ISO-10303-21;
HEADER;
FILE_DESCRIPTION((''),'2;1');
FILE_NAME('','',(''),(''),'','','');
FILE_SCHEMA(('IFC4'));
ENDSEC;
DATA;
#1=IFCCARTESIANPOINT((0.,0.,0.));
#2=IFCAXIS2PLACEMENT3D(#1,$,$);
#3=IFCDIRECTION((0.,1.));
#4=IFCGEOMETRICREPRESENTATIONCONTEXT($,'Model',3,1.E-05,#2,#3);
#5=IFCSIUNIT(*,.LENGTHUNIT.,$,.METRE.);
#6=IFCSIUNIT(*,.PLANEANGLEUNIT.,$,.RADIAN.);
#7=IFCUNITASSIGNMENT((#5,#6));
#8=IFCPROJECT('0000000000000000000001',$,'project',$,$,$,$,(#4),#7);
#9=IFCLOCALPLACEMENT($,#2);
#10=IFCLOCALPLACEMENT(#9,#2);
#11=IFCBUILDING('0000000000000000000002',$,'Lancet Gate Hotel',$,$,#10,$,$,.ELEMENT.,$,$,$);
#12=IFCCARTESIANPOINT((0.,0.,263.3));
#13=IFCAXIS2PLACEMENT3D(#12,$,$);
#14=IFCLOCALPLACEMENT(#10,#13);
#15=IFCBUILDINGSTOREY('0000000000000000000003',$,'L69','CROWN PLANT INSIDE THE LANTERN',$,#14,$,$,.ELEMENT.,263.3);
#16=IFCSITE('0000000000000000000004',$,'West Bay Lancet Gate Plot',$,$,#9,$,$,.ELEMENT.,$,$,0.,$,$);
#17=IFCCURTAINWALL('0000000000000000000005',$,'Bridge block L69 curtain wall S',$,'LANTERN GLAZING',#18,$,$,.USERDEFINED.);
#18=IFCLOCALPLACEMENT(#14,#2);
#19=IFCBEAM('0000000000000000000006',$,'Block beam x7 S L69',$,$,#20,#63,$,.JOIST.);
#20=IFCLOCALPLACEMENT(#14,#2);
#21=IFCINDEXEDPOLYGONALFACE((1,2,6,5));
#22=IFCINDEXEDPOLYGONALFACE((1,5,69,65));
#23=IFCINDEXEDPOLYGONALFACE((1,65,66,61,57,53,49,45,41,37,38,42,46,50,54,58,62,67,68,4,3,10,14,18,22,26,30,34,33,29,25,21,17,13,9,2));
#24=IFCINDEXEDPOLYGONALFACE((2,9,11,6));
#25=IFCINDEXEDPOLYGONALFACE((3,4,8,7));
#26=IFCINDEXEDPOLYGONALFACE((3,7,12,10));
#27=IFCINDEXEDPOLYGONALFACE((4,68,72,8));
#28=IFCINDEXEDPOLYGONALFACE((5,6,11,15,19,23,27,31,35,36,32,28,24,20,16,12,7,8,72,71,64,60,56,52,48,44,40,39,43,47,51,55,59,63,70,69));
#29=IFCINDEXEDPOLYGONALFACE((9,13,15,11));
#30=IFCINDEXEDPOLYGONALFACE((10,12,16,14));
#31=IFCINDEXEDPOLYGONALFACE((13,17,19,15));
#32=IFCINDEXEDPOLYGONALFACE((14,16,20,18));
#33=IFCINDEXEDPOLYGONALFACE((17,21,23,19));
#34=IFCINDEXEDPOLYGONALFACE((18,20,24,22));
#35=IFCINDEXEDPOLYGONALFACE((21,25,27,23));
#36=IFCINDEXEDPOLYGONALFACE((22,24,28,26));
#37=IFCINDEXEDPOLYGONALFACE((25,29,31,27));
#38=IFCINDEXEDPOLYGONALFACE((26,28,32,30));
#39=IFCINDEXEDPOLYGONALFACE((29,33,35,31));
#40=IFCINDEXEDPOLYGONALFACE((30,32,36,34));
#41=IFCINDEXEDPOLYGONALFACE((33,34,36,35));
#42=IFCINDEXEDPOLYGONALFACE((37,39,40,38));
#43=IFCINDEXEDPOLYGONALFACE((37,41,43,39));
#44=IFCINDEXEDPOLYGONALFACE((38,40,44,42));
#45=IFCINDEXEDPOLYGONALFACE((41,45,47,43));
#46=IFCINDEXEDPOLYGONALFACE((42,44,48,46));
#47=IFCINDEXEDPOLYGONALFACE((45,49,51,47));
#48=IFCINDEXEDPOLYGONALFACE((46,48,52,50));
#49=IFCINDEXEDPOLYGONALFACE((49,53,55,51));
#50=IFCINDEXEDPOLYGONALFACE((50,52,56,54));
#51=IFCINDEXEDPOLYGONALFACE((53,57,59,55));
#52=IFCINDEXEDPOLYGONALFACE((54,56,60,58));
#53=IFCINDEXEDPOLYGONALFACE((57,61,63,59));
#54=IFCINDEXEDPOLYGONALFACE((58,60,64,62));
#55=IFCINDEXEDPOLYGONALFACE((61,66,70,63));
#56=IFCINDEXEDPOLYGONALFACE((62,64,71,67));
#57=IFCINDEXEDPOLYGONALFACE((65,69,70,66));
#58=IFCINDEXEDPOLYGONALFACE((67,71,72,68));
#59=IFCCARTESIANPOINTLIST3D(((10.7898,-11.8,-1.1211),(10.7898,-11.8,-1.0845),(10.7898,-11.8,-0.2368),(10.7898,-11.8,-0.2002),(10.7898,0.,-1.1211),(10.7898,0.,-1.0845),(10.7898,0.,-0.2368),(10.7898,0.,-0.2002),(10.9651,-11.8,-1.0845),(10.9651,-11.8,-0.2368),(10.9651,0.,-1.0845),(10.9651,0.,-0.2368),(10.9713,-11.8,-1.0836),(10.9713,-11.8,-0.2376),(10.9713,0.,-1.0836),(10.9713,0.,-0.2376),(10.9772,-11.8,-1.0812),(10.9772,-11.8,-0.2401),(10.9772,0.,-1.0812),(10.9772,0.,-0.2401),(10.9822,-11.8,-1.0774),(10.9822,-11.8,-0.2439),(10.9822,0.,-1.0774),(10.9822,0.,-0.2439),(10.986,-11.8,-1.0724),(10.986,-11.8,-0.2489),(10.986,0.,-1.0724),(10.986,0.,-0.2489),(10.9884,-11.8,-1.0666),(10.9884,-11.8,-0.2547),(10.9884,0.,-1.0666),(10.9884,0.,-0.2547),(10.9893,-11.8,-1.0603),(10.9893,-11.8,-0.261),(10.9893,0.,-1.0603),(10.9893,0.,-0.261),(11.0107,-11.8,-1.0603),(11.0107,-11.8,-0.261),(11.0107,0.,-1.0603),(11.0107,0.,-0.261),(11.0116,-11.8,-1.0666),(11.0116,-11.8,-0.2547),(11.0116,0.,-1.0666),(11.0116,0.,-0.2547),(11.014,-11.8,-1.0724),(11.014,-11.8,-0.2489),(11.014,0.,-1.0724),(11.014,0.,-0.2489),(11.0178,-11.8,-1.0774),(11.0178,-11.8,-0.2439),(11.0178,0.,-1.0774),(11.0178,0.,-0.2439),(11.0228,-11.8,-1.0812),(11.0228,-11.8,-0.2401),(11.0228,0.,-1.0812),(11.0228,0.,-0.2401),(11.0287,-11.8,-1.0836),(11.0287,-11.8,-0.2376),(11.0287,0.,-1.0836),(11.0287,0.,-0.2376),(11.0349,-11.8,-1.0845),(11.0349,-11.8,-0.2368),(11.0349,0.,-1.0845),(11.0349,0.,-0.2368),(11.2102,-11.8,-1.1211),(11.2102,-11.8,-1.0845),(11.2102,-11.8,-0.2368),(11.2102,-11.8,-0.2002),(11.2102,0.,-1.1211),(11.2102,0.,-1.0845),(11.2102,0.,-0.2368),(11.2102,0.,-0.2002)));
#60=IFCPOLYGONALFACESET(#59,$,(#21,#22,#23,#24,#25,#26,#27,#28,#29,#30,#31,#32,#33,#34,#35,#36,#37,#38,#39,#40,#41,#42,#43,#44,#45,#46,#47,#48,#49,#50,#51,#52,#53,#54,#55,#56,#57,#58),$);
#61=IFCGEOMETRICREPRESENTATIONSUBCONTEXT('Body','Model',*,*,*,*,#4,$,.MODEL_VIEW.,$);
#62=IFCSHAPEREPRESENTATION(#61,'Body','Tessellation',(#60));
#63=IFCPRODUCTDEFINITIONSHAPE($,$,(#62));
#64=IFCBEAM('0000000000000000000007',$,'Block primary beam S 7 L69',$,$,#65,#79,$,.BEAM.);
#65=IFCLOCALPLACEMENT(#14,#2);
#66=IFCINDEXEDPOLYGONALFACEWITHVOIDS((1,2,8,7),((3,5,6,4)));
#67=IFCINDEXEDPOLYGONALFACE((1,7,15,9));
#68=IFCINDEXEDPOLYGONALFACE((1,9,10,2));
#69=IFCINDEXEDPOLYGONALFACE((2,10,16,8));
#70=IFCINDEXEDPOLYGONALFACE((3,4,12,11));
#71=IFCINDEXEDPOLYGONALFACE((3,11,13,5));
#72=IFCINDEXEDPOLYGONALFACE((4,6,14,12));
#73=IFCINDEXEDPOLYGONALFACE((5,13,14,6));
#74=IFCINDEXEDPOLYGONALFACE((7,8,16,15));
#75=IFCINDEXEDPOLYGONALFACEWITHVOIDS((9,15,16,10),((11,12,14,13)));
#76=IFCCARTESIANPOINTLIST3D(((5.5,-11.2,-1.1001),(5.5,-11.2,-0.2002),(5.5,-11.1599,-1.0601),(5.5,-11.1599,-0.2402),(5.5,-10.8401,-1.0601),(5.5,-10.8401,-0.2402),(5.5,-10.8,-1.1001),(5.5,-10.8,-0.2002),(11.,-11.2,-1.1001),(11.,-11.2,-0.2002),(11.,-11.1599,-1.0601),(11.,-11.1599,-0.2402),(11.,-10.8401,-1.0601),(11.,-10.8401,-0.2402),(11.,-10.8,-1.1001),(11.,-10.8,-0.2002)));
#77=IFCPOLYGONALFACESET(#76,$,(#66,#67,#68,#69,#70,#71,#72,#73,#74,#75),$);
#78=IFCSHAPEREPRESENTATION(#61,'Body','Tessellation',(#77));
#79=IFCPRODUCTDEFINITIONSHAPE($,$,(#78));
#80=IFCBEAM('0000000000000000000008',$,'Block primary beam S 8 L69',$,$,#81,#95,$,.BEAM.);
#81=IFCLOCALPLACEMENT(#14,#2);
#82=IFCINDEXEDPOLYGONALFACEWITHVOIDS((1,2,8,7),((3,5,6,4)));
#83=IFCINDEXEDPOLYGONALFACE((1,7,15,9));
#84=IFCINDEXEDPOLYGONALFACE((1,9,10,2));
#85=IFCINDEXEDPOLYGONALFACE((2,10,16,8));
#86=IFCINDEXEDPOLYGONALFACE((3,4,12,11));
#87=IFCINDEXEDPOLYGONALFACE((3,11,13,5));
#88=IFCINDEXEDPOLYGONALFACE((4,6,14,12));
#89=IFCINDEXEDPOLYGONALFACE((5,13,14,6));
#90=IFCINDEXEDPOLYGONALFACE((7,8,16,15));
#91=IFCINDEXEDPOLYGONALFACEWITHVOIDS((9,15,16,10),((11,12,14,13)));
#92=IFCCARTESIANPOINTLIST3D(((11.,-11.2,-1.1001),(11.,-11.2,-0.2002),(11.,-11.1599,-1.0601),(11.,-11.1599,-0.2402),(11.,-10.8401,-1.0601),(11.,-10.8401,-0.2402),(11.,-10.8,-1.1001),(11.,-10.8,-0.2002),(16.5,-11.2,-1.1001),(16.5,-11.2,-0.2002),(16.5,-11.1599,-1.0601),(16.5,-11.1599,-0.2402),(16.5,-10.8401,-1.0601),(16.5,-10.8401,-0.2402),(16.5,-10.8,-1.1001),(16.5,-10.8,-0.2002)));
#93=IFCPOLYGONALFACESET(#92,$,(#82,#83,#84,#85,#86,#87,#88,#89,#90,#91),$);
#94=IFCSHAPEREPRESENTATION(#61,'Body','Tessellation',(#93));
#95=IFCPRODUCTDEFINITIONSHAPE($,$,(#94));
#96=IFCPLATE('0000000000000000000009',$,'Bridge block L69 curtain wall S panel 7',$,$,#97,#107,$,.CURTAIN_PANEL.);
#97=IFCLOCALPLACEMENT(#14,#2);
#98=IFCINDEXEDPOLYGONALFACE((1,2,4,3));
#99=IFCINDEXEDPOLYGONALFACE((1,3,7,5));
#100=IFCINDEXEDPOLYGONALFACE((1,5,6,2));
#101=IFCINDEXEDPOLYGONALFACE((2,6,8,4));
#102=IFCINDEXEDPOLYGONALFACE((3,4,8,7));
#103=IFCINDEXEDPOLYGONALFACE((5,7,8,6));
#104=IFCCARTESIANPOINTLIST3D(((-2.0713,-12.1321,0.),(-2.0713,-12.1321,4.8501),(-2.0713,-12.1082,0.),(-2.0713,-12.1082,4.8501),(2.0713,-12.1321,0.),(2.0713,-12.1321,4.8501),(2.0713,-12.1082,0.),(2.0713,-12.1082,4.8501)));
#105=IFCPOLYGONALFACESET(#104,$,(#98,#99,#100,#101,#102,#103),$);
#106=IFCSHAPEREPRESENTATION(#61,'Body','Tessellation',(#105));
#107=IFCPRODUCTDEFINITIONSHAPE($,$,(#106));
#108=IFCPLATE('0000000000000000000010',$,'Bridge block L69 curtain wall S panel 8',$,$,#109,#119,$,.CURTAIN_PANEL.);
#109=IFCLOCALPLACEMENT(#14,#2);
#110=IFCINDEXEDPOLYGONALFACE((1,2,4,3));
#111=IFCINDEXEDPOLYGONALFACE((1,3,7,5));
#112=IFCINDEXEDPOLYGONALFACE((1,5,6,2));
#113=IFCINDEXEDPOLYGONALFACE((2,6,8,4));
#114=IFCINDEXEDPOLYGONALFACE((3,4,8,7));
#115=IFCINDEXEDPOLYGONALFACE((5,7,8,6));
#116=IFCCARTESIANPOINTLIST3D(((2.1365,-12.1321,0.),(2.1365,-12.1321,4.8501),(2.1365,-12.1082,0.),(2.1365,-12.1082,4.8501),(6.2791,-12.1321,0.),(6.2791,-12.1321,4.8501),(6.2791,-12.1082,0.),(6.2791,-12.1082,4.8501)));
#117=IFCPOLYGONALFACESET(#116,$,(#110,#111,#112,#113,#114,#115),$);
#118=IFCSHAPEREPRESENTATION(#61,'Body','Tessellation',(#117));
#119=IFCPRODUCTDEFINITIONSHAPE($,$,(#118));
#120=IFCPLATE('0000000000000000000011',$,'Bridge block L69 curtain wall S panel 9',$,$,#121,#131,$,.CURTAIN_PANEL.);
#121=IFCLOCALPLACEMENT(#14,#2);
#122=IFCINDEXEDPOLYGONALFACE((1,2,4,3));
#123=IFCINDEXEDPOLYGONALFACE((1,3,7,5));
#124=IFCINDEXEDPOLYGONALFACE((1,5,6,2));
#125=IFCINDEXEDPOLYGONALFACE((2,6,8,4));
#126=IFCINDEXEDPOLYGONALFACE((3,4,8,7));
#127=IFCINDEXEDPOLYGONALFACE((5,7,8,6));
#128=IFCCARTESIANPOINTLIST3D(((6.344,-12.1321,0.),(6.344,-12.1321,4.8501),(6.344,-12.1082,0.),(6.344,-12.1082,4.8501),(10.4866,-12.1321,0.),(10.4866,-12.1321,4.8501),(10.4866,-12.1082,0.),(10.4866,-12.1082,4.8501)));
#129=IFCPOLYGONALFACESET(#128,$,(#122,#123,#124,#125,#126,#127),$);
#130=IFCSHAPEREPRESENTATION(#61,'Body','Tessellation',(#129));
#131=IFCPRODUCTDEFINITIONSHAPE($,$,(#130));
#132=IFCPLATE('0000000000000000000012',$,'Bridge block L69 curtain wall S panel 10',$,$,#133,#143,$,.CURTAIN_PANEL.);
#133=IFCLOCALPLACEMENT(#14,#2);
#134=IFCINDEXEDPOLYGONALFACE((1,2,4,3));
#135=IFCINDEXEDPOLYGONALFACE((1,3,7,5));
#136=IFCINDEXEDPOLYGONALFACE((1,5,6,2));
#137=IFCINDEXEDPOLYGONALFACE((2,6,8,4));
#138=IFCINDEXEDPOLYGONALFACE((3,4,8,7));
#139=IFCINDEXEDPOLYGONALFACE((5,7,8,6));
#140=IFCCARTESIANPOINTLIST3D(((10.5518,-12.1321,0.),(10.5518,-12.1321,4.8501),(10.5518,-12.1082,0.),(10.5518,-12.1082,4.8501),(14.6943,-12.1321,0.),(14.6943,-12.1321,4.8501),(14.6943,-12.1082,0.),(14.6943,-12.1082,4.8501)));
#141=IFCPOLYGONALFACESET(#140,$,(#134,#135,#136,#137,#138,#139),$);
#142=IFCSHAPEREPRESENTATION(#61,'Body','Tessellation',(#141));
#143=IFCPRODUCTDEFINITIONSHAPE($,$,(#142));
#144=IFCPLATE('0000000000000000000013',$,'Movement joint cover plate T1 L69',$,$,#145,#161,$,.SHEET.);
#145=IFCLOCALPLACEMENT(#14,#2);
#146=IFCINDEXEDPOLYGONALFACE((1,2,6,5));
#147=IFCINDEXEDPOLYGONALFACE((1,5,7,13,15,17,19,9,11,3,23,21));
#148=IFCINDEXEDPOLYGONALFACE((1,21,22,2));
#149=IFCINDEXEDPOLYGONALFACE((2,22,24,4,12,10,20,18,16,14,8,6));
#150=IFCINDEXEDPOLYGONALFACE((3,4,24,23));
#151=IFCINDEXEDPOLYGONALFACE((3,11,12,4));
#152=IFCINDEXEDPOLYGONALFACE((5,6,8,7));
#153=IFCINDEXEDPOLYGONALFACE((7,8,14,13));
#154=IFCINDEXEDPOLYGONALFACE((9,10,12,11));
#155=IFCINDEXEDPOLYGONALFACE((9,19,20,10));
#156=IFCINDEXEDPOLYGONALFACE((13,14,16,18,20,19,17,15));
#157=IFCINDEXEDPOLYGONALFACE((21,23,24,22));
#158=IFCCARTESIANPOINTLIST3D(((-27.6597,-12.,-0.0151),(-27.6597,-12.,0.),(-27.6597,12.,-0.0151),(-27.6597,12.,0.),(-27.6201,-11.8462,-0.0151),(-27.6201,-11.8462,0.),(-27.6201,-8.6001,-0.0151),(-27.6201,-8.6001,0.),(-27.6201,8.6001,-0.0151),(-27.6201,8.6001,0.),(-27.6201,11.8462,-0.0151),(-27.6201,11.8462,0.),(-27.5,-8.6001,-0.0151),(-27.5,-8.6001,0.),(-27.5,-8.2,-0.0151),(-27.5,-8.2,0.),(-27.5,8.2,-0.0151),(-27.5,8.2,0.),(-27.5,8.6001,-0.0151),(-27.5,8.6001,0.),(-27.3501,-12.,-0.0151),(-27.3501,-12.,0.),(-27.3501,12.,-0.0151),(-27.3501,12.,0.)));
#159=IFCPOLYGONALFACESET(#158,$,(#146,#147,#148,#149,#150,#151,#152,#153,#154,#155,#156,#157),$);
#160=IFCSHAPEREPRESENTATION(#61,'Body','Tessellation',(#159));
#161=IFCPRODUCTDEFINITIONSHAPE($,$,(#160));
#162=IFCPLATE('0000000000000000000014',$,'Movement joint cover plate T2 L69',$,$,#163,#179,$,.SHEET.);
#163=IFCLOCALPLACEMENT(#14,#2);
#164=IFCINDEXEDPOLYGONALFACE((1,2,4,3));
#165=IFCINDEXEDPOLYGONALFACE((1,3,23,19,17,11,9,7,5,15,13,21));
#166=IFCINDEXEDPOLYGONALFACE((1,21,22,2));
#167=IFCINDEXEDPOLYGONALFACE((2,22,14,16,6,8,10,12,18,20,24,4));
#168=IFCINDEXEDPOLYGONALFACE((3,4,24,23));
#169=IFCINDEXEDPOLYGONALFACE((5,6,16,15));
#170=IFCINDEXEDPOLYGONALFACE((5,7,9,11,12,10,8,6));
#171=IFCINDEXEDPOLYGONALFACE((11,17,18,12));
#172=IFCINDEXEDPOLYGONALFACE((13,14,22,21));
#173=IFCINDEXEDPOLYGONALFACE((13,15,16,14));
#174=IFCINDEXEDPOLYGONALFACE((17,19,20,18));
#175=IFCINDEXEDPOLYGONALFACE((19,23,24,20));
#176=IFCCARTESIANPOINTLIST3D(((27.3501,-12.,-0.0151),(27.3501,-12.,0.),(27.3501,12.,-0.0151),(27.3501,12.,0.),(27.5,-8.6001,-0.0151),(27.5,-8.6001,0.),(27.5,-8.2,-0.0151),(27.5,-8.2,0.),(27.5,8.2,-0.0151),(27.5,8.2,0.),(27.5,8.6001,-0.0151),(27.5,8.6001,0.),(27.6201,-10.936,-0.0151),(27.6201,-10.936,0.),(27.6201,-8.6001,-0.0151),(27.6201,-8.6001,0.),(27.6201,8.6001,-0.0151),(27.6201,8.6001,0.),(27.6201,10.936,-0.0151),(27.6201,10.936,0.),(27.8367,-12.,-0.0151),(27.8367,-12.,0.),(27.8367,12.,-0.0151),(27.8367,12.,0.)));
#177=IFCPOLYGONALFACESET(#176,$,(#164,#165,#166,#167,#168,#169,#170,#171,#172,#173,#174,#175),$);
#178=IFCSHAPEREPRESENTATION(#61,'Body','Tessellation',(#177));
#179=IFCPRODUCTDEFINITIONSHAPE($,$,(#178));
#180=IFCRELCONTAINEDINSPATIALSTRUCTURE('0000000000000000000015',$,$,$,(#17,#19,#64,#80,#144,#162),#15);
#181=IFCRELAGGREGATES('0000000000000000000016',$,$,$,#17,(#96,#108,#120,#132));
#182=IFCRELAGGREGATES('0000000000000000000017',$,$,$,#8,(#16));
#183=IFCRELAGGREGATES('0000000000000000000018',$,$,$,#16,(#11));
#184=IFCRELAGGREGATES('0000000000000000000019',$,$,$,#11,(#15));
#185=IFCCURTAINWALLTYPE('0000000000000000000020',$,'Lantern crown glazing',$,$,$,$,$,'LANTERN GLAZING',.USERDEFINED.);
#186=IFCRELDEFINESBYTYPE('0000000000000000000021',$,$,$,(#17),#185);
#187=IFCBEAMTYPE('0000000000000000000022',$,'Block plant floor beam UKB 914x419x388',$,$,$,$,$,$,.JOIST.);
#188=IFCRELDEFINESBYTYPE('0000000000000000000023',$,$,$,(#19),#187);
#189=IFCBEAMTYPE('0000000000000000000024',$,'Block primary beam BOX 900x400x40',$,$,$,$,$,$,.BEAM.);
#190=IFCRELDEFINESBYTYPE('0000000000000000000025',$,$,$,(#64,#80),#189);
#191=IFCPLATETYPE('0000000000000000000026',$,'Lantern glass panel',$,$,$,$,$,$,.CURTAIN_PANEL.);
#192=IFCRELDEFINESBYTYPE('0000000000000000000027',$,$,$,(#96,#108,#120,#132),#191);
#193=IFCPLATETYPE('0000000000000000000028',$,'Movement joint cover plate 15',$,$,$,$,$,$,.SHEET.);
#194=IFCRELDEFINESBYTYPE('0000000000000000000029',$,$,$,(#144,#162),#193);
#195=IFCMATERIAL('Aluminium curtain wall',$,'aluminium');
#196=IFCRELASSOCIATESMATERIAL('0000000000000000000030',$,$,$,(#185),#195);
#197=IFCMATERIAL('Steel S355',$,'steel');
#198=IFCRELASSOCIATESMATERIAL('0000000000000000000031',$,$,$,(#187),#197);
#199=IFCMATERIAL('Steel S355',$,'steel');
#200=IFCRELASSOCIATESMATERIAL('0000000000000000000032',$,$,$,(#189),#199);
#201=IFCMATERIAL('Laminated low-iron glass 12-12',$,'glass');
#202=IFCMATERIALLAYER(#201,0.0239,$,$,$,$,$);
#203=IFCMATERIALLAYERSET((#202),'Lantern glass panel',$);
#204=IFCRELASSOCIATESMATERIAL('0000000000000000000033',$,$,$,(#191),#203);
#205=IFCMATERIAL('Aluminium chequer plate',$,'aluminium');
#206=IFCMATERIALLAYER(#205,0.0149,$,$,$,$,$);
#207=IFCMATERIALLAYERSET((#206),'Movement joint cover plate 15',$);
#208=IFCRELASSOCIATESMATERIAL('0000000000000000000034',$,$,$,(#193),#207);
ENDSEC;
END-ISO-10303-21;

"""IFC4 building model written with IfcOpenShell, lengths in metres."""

from ifc_helpers import new_model, si_unit, direction, frame, origin, origin_2d, place, context, subcontext, project, spatial, polyline, rectangle, hollow_rectangle, i_section, outline, extrude, material, layer, layer_set, material_profile, profile_set, type_object, element, aggregate, save


model = new_model("IFC4")

# Units and contexts
model_context = context("Model", 3, precision=1e-05, world=origin(), true_north=direction((0.0, 1.0)))
body_context = subcontext(model_context, "Body", "Model", "MODEL_VIEW")
ifc_project = project(units=[si_unit("LENGTHUNIT", "METRE"), si_unit("PLANEANGLEUNIT", "RADIAN")], contexts=[model_context])

# Site, building, storey
site_placement = place(None, origin())
site = spatial("IfcSite", under=ifc_project, at=site_placement, Name="West Bay Lancet Gate Plot", CompositionType="ELEMENT", RefElevation=0.0)
building_placement = place(site_placement, origin())
building = spatial("IfcBuilding", under=site, at=building_placement, Name="Lancet Gate Hotel", CompositionType="ELEMENT")
storey_placement = place(building_placement, frame((0.0, 0.0, 263.3)))
storey = spatial("IfcBuildingStorey", under=building, at=storey_placement, Name="L69", Description="CROWN PLANT INSIDE THE LANTERN", CompositionType="ELEMENT", Elevation=263.3)

# Curtain wall
ifc_material_1 = material(Name="Aluminium curtain wall", Category="aluminium")
curtain_wall_type = type_object("IfcCurtainWallType", Name="Lantern crown glazing", ElementType="LANTERN GLAZING", PredefinedType="USERDEFINED", material=ifc_material_1)
curtain_wall_placement = place(storey_placement, origin())
curtain_wall = element("IfcCurtainWall", 1, at=curtain_wall_placement, inside=storey, type_object=curtain_wall_type, Name="Bridge block L69 curtain wall S", ObjectType="LANTERN GLAZING", PredefinedType="USERDEFINED")

# Beams
ifc_material_2 = material(Name="Steel S355", Category="steel")
ifc_material_profile_1 = material_profile(ifc_material_2, i_section(OverallWidth=0.4204, OverallDepth=0.9209, WebThickness=0.0215, FlangeThickness=0.0366, FilletRadius=0.0242, at=origin_2d()), Name="UKB 914x419x388")
ifc_profile_set_1 = profile_set([ifc_material_profile_1], Name="Steel S355")
beam_type_1 = type_object("IfcBeamType", Name="Block plant floor beam UKB 914x419x388", PredefinedType="JOIST", material=ifc_profile_set_1)
for number, where, z_axis, x_axis, name in (
    (2, (11.0, -11.8, -0.6606), (0.0, 1.0, 0.0), (-1.0, 0.0, 0.0), "Block beam x7 S L69"),
):
    element("IfcBeam", number, at=place(storey_placement, frame(where, z_axis=z_axis, x_axis=x_axis)), inside=storey, type_object=beam_type_1, Name=name, PredefinedType="JOIST", context=body_context, shape_type="SweptSolid", body=[
        extrude(i_section(OverallWidth=0.4204, OverallDepth=0.9209, WebThickness=0.0215, FlangeThickness=0.0366, FilletRadius=0.0242, at=origin_2d()), origin(), (0.0, 0.0, 1.0), 11.8),
    ])
ifc_material_3 = material(Name="Steel S355", Category="steel")
ifc_material_profile_2 = material_profile(ifc_material_3, hollow_rectangle(XDim=0.3999, YDim=0.8999, WallThickness=0.04, at=origin_2d()), Name="BOX 900x400x40")
ifc_profile_set_2 = profile_set([ifc_material_profile_2], Name="Steel S355")
beam_type_2 = type_object("IfcBeamType", Name="Block primary beam BOX 900x400x40", PredefinedType="BEAM", material=ifc_profile_set_2)
for number, where, z_axis, x_axis, name in (
    (3, (5.5, -11.0, -0.6501), (1.0, 0.0, 0.0), (0.0, 1.0, 0.0), "Block primary beam S 7 L69"),
    (4, (11.0, -11.0, -0.6501), (1.0, 0.0, 0.0), (0.0, 1.0, 0.0), "Block primary beam S 8 L69"),
):
    element("IfcBeam", number, at=place(storey_placement, frame(where, z_axis=z_axis, x_axis=x_axis)), inside=storey, type_object=beam_type_2, Name=name, PredefinedType="BEAM", context=body_context, shape_type="SweptSolid", body=[
        extrude(hollow_rectangle(XDim=0.3999, YDim=0.8999, WallThickness=0.04, at=origin_2d()), origin(), (0.0, 0.0, 1.0), 5.5),
    ])

# Plates
ifc_material_4 = material(Name="Laminated low-iron glass 12-12", Category="glass")
ifc_layer_1 = layer(ifc_material_4, 0.0239)
ifc_layer_set_1 = layer_set([ifc_layer_1], Name="Lantern glass panel")
plate_type_1 = type_object("IfcPlateType", Name="Lantern glass panel", PredefinedType="CURTAIN_PANEL", material=ifc_layer_set_1)
plate_1_placement = place(storey_placement, frame((0.0, -12.1201, 0.0), z_axis=(0.0, 0.0, 1.0), x_axis=(1.0, 0.0, 0.0)))
plate_1 = element("IfcPlate", 5, at=plate_1_placement, type_object=plate_type_1, Name="Bridge block L69 curtain wall S panel 7", PredefinedType="CURTAIN_PANEL", context=body_context, shape_type="SweptSolid", body=[
    extrude(rectangle(XDim=4.1426, YDim=0.0239, at=origin_2d()), origin(), (0.0, 0.0, 1.0), 4.8501),
])
plate_2_placement = place(storey_placement, frame((4.2078, -12.1201, 0.0), z_axis=(0.0, 0.0, 1.0), x_axis=(1.0, 0.0, 0.0)))
plate_2 = element("IfcPlate", 6, at=plate_2_placement, type_object=plate_type_1, Name="Bridge block L69 curtain wall S panel 8", PredefinedType="CURTAIN_PANEL", context=body_context, shape_type="SweptSolid", body=[
    extrude(rectangle(XDim=4.1426, YDim=0.0239, at=origin_2d()), origin(), (0.0, 0.0, 1.0), 4.8501),
])
plate_3_placement = place(storey_placement, frame((8.4153, -12.1201, 0.0), z_axis=(0.0, 0.0, 1.0), x_axis=(1.0, 0.0, 0.0)))
plate_3 = element("IfcPlate", 7, at=plate_3_placement, type_object=plate_type_1, Name="Bridge block L69 curtain wall S panel 9", PredefinedType="CURTAIN_PANEL", context=body_context, shape_type="SweptSolid", body=[
    extrude(rectangle(XDim=4.1426, YDim=0.0239, at=origin_2d()), origin(), (0.0, 0.0, 1.0), 4.8501),
])
plate_4_placement = place(storey_placement, frame((12.623, -12.1201, 0.0), z_axis=(0.0, 0.0, 1.0), x_axis=(1.0, 0.0, 0.0)))
plate_4 = element("IfcPlate", 8, at=plate_4_placement, type_object=plate_type_1, Name="Bridge block L69 curtain wall S panel 10", PredefinedType="CURTAIN_PANEL", context=body_context, shape_type="SweptSolid", body=[
    extrude(rectangle(XDim=4.1426, YDim=0.0239, at=origin_2d()), origin(), (0.0, 0.0, 1.0), 4.8501),
])
aggregate(curtain_wall, [plate_1, plate_2, plate_3, plate_4])

# Plates
ifc_material_5 = material(Name="Aluminium chequer plate", Category="aluminium")
ifc_layer_2 = layer(ifc_material_5, 0.0149)
ifc_layer_set_2 = layer_set([ifc_layer_2], Name="Movement joint cover plate 15")
plate_type_2 = type_object("IfcPlateType", Name="Movement joint cover plate 15", PredefinedType="SHEET", material=ifc_layer_set_2)
plate_5_placement = place(storey_placement, frame((0.0, 0.0, -0.0151)))
element("IfcPlate", 9, at=plate_5_placement, inside=storey, type_object=plate_type_2, Name="Movement joint cover plate T1 L69", PredefinedType="SHEET", context=body_context, shape_type="SweptSolid", body=[
    extrude(outline(polyline([(-27.3501, 12.0), (-27.6597, 12.0), (-27.6201, 11.8462), (-27.6201, 8.6001), (-27.5, 8.6001), (-27.5, 8.2), (-27.5, -8.2), (-27.5, -8.6001), (-27.6201, -8.6001), (-27.6201, -11.8462), (-27.6597, -12.0), (-27.3501, -12.0), (-27.3501, 12.0)])), origin(), (0.0, 0.0, 1.0), 0.0151),
])
plate_6_placement = place(storey_placement, frame((0.0, 0.0, -0.0151)))
element("IfcPlate", 10, at=plate_6_placement, inside=storey, type_object=plate_type_2, Name="Movement joint cover plate T2 L69", PredefinedType="SHEET", context=body_context, shape_type="SweptSolid", body=[
    extrude(outline(polyline([(27.3501, -12.0), (27.8367, -12.0), (27.6201, -10.936), (27.6201, -8.6001), (27.5, -8.6001), (27.5, -8.2), (27.5, 8.2), (27.5, 8.6001), (27.6201, 8.6001), (27.6201, 10.936), (27.8367, 12.0), (27.3501, 12.0), (27.3501, -12.0)])), origin(), (0.0, 0.0, 1.0), 0.0151),
])

save(model, "model.ifc")
